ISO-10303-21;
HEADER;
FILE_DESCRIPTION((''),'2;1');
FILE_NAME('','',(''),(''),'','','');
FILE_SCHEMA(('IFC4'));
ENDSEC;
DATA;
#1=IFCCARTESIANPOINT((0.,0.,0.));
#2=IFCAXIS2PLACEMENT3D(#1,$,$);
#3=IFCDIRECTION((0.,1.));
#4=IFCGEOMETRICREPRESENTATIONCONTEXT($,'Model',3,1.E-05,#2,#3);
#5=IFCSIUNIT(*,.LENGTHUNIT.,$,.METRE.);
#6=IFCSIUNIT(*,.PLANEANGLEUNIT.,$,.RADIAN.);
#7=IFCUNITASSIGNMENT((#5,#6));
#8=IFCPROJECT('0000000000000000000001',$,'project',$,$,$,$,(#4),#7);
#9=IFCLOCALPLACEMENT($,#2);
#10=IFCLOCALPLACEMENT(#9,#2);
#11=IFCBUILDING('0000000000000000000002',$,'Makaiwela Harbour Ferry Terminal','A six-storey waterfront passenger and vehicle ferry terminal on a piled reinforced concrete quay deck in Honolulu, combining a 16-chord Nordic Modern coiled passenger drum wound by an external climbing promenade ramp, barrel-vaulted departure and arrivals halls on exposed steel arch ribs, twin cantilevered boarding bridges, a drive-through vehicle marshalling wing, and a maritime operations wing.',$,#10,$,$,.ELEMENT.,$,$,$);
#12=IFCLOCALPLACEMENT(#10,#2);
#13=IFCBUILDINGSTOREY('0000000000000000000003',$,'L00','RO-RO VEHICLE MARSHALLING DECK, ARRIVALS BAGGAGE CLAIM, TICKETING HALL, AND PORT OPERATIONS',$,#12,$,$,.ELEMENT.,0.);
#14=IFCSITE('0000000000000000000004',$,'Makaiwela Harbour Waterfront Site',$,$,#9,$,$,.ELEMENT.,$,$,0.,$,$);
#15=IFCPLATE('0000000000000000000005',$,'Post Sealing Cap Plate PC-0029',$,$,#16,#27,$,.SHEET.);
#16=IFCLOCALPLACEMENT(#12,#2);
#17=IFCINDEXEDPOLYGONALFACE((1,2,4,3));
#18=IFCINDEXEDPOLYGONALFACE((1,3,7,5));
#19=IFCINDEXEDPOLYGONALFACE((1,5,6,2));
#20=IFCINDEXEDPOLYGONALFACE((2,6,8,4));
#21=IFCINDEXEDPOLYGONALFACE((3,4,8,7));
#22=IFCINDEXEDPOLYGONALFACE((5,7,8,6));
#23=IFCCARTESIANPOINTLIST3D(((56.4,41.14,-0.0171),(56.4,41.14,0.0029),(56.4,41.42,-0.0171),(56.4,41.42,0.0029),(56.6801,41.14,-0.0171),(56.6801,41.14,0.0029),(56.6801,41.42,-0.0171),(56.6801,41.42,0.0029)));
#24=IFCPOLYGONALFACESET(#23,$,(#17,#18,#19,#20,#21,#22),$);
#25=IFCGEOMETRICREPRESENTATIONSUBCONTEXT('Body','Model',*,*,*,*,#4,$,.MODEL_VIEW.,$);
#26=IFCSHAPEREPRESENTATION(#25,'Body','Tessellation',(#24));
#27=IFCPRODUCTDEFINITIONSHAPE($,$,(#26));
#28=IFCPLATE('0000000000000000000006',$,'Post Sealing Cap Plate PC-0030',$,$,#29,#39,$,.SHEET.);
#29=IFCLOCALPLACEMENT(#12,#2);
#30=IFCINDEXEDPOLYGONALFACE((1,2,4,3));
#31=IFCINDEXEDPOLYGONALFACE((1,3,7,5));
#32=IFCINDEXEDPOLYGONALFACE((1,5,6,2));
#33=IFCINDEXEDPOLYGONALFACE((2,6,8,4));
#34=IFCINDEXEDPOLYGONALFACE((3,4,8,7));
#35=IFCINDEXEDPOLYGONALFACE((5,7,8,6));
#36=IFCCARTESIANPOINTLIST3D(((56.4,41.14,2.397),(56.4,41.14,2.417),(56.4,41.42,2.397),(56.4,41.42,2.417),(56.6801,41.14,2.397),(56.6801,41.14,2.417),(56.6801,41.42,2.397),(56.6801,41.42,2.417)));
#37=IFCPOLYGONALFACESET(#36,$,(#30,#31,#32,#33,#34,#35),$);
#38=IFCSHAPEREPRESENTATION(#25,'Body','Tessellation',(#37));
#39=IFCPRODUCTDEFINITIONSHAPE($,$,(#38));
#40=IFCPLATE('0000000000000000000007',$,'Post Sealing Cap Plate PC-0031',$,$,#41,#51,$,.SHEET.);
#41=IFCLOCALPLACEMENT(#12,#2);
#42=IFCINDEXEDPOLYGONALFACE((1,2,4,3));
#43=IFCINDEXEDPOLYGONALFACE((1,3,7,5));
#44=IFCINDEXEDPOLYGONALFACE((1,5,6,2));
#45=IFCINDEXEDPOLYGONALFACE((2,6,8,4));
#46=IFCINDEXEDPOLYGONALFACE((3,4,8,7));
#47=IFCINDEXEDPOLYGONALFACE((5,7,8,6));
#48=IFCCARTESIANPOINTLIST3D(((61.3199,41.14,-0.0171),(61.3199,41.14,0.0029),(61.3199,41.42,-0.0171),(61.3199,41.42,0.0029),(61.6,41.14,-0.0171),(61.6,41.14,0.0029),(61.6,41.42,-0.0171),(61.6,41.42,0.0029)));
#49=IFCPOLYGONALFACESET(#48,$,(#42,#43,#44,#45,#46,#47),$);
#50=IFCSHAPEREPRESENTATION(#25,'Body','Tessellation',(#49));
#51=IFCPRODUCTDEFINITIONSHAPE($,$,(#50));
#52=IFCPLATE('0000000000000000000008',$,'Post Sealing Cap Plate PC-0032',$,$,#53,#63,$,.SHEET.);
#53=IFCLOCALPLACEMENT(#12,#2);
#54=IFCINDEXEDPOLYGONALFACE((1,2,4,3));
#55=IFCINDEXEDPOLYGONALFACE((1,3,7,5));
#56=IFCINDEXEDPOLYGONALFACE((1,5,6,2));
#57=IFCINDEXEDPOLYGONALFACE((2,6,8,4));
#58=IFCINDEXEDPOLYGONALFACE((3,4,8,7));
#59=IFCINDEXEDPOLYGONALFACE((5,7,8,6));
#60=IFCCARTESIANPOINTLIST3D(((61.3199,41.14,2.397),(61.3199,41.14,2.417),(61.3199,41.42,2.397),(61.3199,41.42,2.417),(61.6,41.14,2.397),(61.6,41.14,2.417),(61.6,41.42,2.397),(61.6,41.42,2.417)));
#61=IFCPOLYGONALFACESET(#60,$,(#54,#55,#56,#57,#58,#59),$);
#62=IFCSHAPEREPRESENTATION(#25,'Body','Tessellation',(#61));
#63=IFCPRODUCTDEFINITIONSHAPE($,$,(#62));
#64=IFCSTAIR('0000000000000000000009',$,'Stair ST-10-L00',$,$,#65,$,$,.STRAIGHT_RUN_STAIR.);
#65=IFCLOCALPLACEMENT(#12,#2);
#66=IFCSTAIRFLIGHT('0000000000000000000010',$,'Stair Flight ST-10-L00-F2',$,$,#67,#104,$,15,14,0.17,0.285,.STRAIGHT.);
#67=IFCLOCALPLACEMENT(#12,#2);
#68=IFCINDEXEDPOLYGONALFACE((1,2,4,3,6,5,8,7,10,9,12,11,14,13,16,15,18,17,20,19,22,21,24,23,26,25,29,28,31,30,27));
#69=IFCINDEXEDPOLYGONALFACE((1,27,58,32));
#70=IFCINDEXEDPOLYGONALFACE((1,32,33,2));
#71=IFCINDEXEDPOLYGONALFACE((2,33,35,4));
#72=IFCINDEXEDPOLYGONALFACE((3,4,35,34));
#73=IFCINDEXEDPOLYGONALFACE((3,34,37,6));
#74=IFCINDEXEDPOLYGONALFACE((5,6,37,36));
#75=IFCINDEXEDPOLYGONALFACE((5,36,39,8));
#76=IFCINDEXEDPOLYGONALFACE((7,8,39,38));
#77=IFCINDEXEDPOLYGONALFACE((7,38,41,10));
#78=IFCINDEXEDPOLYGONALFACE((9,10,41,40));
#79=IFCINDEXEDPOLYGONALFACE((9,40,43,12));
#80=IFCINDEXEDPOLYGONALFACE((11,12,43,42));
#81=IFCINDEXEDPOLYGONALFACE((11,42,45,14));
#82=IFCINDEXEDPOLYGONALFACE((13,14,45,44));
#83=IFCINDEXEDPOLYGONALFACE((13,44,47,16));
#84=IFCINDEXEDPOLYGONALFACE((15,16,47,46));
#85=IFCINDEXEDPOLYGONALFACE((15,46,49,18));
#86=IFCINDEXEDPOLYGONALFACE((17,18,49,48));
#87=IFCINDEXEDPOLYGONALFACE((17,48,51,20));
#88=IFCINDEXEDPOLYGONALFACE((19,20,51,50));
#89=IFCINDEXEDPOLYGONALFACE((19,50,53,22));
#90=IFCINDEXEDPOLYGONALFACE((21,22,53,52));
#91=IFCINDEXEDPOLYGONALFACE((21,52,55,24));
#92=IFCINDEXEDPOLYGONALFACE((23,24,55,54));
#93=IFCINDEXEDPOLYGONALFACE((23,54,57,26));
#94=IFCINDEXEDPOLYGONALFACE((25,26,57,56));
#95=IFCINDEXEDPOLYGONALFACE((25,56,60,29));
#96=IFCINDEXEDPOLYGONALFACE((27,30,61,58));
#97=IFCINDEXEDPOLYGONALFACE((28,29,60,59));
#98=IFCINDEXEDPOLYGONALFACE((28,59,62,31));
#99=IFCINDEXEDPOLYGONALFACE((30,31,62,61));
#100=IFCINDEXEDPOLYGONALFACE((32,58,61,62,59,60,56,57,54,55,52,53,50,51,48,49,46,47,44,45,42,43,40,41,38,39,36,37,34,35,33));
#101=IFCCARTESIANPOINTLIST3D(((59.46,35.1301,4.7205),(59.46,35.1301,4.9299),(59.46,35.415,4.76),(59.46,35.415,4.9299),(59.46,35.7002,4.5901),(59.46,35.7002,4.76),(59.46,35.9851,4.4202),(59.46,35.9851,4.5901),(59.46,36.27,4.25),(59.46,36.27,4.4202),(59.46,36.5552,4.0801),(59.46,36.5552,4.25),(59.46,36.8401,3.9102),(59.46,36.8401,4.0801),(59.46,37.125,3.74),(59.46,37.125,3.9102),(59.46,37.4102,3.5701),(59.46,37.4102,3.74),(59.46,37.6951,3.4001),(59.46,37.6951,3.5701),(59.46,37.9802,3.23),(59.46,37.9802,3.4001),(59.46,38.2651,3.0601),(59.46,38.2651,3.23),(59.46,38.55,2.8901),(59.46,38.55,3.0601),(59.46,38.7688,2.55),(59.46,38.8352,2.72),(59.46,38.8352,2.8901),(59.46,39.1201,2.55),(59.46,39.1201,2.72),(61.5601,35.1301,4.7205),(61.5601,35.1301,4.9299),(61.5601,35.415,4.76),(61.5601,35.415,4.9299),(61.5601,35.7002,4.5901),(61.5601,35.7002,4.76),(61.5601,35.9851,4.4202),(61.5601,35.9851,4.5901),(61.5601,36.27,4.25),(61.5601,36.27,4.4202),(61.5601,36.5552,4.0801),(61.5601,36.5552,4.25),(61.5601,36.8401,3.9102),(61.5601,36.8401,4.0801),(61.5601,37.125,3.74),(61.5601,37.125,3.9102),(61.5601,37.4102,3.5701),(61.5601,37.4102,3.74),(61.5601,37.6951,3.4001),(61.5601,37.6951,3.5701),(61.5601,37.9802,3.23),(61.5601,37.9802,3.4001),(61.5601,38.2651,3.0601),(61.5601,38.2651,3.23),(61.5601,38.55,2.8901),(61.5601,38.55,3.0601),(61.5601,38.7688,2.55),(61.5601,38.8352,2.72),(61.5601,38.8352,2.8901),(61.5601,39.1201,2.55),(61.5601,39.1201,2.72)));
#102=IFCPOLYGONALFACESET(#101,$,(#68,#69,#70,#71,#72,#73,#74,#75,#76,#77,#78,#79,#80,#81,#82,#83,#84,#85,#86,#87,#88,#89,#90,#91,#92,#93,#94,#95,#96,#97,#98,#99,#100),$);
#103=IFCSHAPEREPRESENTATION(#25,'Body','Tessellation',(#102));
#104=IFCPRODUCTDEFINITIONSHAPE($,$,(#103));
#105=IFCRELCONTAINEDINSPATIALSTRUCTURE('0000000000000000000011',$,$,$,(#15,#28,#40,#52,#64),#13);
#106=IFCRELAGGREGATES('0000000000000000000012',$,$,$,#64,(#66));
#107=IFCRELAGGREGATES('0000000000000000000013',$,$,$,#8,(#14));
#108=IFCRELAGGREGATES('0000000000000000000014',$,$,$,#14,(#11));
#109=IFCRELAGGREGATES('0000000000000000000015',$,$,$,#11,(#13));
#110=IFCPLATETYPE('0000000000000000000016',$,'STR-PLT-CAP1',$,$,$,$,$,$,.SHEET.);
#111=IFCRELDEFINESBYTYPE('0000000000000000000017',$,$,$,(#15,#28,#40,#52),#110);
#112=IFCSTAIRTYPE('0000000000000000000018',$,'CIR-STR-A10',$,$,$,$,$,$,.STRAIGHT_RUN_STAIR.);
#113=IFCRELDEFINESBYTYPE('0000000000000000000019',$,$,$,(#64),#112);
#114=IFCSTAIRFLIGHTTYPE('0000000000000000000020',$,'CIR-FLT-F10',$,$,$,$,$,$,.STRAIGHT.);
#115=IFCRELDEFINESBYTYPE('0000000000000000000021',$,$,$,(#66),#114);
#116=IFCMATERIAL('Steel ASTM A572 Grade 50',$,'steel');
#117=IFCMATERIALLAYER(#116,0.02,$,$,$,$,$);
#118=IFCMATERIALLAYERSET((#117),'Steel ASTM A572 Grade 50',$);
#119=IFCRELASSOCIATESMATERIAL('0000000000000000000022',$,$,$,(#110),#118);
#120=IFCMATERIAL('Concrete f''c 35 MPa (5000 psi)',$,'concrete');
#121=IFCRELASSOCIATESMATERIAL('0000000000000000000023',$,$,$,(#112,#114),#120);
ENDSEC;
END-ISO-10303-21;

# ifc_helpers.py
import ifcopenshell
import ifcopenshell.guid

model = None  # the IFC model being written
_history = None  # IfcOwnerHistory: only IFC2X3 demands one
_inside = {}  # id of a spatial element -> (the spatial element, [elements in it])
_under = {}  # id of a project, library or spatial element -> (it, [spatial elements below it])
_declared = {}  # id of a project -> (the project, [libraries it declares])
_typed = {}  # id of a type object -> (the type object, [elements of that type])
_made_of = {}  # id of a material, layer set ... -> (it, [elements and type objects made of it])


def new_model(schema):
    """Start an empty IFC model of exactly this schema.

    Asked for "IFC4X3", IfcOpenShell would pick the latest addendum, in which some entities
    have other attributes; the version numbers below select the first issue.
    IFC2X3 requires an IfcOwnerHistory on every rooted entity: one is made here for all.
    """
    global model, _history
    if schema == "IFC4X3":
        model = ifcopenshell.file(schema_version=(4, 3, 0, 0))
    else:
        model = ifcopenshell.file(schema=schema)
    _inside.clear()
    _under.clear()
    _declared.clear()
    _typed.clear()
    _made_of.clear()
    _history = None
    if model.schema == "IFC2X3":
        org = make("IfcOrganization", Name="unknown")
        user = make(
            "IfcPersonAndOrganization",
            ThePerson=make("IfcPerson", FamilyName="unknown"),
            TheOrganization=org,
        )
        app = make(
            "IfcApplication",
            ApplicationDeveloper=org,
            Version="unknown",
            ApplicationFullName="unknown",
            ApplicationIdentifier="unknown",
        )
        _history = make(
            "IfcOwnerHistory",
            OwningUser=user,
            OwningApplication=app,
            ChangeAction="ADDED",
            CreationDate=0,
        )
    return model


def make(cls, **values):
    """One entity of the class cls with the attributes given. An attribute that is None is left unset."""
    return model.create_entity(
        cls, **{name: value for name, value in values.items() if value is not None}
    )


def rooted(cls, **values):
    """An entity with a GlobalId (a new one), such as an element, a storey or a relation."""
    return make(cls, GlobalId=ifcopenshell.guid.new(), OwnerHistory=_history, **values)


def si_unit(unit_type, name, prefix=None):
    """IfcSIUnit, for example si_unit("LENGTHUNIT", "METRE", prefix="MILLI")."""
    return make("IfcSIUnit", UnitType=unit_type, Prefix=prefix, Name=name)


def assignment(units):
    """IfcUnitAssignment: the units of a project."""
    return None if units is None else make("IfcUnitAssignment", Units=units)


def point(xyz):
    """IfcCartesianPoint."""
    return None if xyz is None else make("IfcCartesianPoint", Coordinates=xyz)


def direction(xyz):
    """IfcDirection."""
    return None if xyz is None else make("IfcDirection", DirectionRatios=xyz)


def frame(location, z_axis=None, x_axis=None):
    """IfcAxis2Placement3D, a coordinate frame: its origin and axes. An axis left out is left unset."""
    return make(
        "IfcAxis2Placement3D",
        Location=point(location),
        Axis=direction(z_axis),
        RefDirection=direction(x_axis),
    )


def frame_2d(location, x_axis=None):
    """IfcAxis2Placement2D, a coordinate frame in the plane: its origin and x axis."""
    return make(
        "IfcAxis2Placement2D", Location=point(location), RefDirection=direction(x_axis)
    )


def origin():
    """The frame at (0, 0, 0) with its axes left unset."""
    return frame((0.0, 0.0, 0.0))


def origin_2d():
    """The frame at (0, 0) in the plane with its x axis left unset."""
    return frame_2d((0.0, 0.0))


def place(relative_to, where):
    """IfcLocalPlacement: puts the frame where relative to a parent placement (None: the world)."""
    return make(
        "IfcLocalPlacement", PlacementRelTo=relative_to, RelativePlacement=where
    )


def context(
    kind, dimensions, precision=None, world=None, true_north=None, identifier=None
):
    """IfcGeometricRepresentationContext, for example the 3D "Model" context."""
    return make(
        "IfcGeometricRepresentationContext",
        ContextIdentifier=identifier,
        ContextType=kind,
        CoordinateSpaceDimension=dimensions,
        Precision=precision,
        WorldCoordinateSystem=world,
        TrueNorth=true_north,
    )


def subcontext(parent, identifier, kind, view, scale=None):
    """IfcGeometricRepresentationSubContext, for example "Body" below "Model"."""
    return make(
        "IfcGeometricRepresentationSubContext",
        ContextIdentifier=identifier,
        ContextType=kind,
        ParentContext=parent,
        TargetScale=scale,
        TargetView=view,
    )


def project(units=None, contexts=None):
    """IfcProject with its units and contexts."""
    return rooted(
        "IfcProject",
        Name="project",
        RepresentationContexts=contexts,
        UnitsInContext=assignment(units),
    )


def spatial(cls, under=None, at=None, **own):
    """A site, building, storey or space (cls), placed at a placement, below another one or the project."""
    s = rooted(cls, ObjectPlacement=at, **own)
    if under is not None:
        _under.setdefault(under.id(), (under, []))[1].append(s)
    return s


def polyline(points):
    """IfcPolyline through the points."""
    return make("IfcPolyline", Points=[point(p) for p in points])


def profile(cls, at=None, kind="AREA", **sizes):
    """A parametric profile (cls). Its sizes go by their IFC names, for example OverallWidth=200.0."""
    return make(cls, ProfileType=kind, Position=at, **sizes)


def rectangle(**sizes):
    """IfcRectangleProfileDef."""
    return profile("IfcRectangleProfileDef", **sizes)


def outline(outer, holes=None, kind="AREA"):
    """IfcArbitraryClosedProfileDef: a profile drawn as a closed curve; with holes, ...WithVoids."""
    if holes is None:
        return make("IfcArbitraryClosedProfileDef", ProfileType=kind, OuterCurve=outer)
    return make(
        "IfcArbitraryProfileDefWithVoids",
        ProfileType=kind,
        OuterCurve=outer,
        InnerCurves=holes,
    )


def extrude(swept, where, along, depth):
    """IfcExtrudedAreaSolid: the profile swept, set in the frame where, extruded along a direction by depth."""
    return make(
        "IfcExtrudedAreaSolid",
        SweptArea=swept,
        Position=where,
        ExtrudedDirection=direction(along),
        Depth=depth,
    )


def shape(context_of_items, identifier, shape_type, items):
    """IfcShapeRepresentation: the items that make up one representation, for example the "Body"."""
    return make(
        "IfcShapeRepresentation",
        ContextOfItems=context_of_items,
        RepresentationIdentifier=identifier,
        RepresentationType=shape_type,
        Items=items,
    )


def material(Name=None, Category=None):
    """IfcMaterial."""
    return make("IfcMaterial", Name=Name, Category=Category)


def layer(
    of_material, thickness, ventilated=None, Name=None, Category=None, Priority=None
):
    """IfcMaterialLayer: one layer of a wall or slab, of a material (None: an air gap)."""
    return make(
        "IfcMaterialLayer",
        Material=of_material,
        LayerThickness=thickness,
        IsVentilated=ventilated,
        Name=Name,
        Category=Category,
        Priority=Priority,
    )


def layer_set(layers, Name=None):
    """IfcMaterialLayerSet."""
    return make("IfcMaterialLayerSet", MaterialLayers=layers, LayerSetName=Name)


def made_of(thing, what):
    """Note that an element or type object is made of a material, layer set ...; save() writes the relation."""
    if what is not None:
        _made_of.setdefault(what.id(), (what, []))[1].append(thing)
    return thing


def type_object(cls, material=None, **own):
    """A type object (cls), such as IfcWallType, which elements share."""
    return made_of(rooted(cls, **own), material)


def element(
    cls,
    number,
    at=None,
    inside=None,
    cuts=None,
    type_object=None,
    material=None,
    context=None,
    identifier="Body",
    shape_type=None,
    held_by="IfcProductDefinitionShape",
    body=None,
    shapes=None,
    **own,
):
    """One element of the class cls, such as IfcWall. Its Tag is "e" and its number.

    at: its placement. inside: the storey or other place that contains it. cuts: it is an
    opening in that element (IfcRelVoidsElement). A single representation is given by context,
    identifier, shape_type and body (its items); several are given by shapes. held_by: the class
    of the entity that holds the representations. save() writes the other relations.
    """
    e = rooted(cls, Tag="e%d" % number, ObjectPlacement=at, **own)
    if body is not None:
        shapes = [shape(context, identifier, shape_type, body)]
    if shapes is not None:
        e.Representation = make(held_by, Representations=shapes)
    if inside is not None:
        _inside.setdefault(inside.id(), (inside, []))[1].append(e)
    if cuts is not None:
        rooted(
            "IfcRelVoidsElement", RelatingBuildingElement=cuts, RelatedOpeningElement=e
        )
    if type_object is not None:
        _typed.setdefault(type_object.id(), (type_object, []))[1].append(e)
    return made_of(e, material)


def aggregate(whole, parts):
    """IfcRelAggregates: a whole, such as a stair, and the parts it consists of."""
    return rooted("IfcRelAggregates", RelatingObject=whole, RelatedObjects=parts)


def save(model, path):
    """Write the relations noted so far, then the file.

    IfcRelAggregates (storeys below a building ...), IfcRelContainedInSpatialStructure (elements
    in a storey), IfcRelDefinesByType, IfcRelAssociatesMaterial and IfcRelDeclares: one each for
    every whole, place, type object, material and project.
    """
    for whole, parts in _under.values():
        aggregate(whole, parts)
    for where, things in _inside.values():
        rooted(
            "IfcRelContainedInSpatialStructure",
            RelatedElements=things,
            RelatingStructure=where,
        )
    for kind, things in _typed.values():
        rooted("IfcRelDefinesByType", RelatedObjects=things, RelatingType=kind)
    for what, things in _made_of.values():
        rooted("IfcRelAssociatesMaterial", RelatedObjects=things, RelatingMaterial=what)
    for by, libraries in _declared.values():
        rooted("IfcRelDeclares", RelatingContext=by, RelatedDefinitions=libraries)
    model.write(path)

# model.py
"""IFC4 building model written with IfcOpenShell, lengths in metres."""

from ifc_helpers import new_model, si_unit, direction, frame, origin, origin_2d, place, context, subcontext, project, spatial, polyline, rectangle, outline, extrude, material, layer, layer_set, type_object, element, aggregate, save


model = new_model("IFC4")

# Units and contexts
model_context = context("Model", 3, precision=1e-05, world=origin(), true_north=direction((0.0, 1.0)))
body_context = subcontext(model_context, "Body", "Model", "MODEL_VIEW")
ifc_project = project(units=[si_unit("LENGTHUNIT", "METRE"), si_unit("PLANEANGLEUNIT", "RADIAN")], contexts=[model_context])

# Site, building, storey
site_placement = place(None, origin())
site = spatial("IfcSite", under=ifc_project, at=site_placement, Name="Makaiwela Harbour Waterfront Site", CompositionType="ELEMENT", RefElevation=0.0)
building_placement = place(site_placement, origin())
building = spatial("IfcBuilding", under=site, at=building_placement, Name="Makaiwela Harbour Ferry Terminal", Description="A six-storey waterfront passenger and vehicle ferry terminal on a piled reinforced concrete quay deck in Honolulu, combining a 16-chord Nordic Modern coiled passenger drum wound by an external climbing promenade ramp, barrel-vaulted departure and arrivals halls on exposed steel arch ribs, twin cantilevered boarding bridges, a drive-through vehicle marshalling wing, and a maritime operations wing.", CompositionType="ELEMENT")
storey_placement = place(building_placement, origin())
storey = spatial("IfcBuildingStorey", under=building, at=storey_placement, Name="L00", Description="RO-RO VEHICLE MARSHALLING DECK, ARRIVALS BAGGAGE CLAIM, TICKETING HALL, AND PORT OPERATIONS", CompositionType="ELEMENT", Elevation=0.0)

# Plates
ifc_material_1 = material(Name="Steel ASTM A572 Grade 50", Category="steel")
ifc_layer_1 = layer(ifc_material_1, 0.02)
ifc_layer_set_1 = layer_set([ifc_layer_1], Name="Steel ASTM A572 Grade 50")
plate_type = type_object("IfcPlateType", Name="STR-PLT-CAP1", PredefinedType="SHEET", material=ifc_layer_set_1)
for number, where, z_axis, x_axis, name in (
    (1, (56.54, 41.28, -0.0171), (0.0, 0.0, 1.0), (1.0, 0.0, 0.0), "Post Sealing Cap Plate PC-0029"),
    (2, (56.54, 41.28, 2.397), (0.0, 0.0, 1.0), (1.0, 0.0, 0.0), "Post Sealing Cap Plate PC-0030"),
    (3, (61.46, 41.28, -0.0171), (0.0, 0.0, 1.0), (1.0, 0.0, 0.0), "Post Sealing Cap Plate PC-0031"),
    (4, (61.46, 41.28, 2.397), (0.0, 0.0, 1.0), (1.0, 0.0, 0.0), "Post Sealing Cap Plate PC-0032"),
):
    element("IfcPlate", number, at=place(storey_placement, frame(where, z_axis=z_axis, x_axis=x_axis)), inside=storey, type_object=plate_type, Name=name, PredefinedType="SHEET", context=body_context, shape_type="SweptSolid", body=[
        extrude(rectangle(XDim=0.28, YDim=0.28, at=origin_2d()), origin(), (0.0, 0.0, 1.0), 0.02),
    ])

# Stair, stair flight
ifc_material_2 = material(Name="Concrete f'c 35 MPa (5000 psi)", Category="concrete")
stair_type = type_object("IfcStairType", Name="CIR-STR-A10", PredefinedType="STRAIGHT_RUN_STAIR", material=ifc_material_2)
stair_placement = place(storey_placement, origin())
stair = element("IfcStair", 5, at=stair_placement, inside=storey, type_object=stair_type, Name="Stair ST-10-L00", PredefinedType="STRAIGHT_RUN_STAIR")
stair_flight_type = type_object("IfcStairFlightType", Name="CIR-FLT-F10", PredefinedType="STRAIGHT", material=ifc_material_2)
stair_flight_placement = place(storey_placement, frame((60.51, 39.1201, 2.55), z_axis=(0.0, 0.0, 1.0), x_axis=(0.0, -1.0, 0.0)))
stair_flight = element("IfcStairFlight", 6, at=stair_flight_placement, type_object=stair_flight_type, Name="Stair Flight ST-10-L00-F2", NumberOfRisers=15, NumberOfTreads=14, PredefinedType="STRAIGHT", RiserHeight=0.17, TreadLength=0.285, context=body_context, shape_type="SweptSolid", body=[
    extrude(outline(polyline([(0.0, 0.0), (0.0, 0.1699), (0.2849, 0.1699), (0.2849, 0.3401), (0.5701, 0.3401), (0.5701, 0.51), (0.855, 0.51), (0.855, 0.6799), (1.1399, 0.6799), (1.1399, 0.8501), (1.425, 0.8501), (1.425, 1.02), (1.71, 1.02), (1.71, 1.1899), (1.9951, 1.1899), (1.9951, 1.3601), (2.28, 1.3601), (2.28, 1.53), (2.5649, 1.53), (2.5649, 1.7), (2.8501, 1.7), (2.8501, 1.8701), (3.135, 1.8701), (3.135, 2.04), (3.4199, 2.04), (3.4199, 2.21), (3.7051, 2.21), (3.7051, 2.3799), (3.99, 2.3799), (3.99, 2.55), (3.99, 2.1704), (0.3513, 0.0), (0.0, 0.0)])), frame((0.0, 1.05, 0.0), z_axis=(0.0, -1.0, 0.0), x_axis=(1.0, 0.0, 0.0)), (0.0, 0.0, 1.0), 2.1001),
])
aggregate(stair, [stair_flight])

save(model, "model.ifc")
